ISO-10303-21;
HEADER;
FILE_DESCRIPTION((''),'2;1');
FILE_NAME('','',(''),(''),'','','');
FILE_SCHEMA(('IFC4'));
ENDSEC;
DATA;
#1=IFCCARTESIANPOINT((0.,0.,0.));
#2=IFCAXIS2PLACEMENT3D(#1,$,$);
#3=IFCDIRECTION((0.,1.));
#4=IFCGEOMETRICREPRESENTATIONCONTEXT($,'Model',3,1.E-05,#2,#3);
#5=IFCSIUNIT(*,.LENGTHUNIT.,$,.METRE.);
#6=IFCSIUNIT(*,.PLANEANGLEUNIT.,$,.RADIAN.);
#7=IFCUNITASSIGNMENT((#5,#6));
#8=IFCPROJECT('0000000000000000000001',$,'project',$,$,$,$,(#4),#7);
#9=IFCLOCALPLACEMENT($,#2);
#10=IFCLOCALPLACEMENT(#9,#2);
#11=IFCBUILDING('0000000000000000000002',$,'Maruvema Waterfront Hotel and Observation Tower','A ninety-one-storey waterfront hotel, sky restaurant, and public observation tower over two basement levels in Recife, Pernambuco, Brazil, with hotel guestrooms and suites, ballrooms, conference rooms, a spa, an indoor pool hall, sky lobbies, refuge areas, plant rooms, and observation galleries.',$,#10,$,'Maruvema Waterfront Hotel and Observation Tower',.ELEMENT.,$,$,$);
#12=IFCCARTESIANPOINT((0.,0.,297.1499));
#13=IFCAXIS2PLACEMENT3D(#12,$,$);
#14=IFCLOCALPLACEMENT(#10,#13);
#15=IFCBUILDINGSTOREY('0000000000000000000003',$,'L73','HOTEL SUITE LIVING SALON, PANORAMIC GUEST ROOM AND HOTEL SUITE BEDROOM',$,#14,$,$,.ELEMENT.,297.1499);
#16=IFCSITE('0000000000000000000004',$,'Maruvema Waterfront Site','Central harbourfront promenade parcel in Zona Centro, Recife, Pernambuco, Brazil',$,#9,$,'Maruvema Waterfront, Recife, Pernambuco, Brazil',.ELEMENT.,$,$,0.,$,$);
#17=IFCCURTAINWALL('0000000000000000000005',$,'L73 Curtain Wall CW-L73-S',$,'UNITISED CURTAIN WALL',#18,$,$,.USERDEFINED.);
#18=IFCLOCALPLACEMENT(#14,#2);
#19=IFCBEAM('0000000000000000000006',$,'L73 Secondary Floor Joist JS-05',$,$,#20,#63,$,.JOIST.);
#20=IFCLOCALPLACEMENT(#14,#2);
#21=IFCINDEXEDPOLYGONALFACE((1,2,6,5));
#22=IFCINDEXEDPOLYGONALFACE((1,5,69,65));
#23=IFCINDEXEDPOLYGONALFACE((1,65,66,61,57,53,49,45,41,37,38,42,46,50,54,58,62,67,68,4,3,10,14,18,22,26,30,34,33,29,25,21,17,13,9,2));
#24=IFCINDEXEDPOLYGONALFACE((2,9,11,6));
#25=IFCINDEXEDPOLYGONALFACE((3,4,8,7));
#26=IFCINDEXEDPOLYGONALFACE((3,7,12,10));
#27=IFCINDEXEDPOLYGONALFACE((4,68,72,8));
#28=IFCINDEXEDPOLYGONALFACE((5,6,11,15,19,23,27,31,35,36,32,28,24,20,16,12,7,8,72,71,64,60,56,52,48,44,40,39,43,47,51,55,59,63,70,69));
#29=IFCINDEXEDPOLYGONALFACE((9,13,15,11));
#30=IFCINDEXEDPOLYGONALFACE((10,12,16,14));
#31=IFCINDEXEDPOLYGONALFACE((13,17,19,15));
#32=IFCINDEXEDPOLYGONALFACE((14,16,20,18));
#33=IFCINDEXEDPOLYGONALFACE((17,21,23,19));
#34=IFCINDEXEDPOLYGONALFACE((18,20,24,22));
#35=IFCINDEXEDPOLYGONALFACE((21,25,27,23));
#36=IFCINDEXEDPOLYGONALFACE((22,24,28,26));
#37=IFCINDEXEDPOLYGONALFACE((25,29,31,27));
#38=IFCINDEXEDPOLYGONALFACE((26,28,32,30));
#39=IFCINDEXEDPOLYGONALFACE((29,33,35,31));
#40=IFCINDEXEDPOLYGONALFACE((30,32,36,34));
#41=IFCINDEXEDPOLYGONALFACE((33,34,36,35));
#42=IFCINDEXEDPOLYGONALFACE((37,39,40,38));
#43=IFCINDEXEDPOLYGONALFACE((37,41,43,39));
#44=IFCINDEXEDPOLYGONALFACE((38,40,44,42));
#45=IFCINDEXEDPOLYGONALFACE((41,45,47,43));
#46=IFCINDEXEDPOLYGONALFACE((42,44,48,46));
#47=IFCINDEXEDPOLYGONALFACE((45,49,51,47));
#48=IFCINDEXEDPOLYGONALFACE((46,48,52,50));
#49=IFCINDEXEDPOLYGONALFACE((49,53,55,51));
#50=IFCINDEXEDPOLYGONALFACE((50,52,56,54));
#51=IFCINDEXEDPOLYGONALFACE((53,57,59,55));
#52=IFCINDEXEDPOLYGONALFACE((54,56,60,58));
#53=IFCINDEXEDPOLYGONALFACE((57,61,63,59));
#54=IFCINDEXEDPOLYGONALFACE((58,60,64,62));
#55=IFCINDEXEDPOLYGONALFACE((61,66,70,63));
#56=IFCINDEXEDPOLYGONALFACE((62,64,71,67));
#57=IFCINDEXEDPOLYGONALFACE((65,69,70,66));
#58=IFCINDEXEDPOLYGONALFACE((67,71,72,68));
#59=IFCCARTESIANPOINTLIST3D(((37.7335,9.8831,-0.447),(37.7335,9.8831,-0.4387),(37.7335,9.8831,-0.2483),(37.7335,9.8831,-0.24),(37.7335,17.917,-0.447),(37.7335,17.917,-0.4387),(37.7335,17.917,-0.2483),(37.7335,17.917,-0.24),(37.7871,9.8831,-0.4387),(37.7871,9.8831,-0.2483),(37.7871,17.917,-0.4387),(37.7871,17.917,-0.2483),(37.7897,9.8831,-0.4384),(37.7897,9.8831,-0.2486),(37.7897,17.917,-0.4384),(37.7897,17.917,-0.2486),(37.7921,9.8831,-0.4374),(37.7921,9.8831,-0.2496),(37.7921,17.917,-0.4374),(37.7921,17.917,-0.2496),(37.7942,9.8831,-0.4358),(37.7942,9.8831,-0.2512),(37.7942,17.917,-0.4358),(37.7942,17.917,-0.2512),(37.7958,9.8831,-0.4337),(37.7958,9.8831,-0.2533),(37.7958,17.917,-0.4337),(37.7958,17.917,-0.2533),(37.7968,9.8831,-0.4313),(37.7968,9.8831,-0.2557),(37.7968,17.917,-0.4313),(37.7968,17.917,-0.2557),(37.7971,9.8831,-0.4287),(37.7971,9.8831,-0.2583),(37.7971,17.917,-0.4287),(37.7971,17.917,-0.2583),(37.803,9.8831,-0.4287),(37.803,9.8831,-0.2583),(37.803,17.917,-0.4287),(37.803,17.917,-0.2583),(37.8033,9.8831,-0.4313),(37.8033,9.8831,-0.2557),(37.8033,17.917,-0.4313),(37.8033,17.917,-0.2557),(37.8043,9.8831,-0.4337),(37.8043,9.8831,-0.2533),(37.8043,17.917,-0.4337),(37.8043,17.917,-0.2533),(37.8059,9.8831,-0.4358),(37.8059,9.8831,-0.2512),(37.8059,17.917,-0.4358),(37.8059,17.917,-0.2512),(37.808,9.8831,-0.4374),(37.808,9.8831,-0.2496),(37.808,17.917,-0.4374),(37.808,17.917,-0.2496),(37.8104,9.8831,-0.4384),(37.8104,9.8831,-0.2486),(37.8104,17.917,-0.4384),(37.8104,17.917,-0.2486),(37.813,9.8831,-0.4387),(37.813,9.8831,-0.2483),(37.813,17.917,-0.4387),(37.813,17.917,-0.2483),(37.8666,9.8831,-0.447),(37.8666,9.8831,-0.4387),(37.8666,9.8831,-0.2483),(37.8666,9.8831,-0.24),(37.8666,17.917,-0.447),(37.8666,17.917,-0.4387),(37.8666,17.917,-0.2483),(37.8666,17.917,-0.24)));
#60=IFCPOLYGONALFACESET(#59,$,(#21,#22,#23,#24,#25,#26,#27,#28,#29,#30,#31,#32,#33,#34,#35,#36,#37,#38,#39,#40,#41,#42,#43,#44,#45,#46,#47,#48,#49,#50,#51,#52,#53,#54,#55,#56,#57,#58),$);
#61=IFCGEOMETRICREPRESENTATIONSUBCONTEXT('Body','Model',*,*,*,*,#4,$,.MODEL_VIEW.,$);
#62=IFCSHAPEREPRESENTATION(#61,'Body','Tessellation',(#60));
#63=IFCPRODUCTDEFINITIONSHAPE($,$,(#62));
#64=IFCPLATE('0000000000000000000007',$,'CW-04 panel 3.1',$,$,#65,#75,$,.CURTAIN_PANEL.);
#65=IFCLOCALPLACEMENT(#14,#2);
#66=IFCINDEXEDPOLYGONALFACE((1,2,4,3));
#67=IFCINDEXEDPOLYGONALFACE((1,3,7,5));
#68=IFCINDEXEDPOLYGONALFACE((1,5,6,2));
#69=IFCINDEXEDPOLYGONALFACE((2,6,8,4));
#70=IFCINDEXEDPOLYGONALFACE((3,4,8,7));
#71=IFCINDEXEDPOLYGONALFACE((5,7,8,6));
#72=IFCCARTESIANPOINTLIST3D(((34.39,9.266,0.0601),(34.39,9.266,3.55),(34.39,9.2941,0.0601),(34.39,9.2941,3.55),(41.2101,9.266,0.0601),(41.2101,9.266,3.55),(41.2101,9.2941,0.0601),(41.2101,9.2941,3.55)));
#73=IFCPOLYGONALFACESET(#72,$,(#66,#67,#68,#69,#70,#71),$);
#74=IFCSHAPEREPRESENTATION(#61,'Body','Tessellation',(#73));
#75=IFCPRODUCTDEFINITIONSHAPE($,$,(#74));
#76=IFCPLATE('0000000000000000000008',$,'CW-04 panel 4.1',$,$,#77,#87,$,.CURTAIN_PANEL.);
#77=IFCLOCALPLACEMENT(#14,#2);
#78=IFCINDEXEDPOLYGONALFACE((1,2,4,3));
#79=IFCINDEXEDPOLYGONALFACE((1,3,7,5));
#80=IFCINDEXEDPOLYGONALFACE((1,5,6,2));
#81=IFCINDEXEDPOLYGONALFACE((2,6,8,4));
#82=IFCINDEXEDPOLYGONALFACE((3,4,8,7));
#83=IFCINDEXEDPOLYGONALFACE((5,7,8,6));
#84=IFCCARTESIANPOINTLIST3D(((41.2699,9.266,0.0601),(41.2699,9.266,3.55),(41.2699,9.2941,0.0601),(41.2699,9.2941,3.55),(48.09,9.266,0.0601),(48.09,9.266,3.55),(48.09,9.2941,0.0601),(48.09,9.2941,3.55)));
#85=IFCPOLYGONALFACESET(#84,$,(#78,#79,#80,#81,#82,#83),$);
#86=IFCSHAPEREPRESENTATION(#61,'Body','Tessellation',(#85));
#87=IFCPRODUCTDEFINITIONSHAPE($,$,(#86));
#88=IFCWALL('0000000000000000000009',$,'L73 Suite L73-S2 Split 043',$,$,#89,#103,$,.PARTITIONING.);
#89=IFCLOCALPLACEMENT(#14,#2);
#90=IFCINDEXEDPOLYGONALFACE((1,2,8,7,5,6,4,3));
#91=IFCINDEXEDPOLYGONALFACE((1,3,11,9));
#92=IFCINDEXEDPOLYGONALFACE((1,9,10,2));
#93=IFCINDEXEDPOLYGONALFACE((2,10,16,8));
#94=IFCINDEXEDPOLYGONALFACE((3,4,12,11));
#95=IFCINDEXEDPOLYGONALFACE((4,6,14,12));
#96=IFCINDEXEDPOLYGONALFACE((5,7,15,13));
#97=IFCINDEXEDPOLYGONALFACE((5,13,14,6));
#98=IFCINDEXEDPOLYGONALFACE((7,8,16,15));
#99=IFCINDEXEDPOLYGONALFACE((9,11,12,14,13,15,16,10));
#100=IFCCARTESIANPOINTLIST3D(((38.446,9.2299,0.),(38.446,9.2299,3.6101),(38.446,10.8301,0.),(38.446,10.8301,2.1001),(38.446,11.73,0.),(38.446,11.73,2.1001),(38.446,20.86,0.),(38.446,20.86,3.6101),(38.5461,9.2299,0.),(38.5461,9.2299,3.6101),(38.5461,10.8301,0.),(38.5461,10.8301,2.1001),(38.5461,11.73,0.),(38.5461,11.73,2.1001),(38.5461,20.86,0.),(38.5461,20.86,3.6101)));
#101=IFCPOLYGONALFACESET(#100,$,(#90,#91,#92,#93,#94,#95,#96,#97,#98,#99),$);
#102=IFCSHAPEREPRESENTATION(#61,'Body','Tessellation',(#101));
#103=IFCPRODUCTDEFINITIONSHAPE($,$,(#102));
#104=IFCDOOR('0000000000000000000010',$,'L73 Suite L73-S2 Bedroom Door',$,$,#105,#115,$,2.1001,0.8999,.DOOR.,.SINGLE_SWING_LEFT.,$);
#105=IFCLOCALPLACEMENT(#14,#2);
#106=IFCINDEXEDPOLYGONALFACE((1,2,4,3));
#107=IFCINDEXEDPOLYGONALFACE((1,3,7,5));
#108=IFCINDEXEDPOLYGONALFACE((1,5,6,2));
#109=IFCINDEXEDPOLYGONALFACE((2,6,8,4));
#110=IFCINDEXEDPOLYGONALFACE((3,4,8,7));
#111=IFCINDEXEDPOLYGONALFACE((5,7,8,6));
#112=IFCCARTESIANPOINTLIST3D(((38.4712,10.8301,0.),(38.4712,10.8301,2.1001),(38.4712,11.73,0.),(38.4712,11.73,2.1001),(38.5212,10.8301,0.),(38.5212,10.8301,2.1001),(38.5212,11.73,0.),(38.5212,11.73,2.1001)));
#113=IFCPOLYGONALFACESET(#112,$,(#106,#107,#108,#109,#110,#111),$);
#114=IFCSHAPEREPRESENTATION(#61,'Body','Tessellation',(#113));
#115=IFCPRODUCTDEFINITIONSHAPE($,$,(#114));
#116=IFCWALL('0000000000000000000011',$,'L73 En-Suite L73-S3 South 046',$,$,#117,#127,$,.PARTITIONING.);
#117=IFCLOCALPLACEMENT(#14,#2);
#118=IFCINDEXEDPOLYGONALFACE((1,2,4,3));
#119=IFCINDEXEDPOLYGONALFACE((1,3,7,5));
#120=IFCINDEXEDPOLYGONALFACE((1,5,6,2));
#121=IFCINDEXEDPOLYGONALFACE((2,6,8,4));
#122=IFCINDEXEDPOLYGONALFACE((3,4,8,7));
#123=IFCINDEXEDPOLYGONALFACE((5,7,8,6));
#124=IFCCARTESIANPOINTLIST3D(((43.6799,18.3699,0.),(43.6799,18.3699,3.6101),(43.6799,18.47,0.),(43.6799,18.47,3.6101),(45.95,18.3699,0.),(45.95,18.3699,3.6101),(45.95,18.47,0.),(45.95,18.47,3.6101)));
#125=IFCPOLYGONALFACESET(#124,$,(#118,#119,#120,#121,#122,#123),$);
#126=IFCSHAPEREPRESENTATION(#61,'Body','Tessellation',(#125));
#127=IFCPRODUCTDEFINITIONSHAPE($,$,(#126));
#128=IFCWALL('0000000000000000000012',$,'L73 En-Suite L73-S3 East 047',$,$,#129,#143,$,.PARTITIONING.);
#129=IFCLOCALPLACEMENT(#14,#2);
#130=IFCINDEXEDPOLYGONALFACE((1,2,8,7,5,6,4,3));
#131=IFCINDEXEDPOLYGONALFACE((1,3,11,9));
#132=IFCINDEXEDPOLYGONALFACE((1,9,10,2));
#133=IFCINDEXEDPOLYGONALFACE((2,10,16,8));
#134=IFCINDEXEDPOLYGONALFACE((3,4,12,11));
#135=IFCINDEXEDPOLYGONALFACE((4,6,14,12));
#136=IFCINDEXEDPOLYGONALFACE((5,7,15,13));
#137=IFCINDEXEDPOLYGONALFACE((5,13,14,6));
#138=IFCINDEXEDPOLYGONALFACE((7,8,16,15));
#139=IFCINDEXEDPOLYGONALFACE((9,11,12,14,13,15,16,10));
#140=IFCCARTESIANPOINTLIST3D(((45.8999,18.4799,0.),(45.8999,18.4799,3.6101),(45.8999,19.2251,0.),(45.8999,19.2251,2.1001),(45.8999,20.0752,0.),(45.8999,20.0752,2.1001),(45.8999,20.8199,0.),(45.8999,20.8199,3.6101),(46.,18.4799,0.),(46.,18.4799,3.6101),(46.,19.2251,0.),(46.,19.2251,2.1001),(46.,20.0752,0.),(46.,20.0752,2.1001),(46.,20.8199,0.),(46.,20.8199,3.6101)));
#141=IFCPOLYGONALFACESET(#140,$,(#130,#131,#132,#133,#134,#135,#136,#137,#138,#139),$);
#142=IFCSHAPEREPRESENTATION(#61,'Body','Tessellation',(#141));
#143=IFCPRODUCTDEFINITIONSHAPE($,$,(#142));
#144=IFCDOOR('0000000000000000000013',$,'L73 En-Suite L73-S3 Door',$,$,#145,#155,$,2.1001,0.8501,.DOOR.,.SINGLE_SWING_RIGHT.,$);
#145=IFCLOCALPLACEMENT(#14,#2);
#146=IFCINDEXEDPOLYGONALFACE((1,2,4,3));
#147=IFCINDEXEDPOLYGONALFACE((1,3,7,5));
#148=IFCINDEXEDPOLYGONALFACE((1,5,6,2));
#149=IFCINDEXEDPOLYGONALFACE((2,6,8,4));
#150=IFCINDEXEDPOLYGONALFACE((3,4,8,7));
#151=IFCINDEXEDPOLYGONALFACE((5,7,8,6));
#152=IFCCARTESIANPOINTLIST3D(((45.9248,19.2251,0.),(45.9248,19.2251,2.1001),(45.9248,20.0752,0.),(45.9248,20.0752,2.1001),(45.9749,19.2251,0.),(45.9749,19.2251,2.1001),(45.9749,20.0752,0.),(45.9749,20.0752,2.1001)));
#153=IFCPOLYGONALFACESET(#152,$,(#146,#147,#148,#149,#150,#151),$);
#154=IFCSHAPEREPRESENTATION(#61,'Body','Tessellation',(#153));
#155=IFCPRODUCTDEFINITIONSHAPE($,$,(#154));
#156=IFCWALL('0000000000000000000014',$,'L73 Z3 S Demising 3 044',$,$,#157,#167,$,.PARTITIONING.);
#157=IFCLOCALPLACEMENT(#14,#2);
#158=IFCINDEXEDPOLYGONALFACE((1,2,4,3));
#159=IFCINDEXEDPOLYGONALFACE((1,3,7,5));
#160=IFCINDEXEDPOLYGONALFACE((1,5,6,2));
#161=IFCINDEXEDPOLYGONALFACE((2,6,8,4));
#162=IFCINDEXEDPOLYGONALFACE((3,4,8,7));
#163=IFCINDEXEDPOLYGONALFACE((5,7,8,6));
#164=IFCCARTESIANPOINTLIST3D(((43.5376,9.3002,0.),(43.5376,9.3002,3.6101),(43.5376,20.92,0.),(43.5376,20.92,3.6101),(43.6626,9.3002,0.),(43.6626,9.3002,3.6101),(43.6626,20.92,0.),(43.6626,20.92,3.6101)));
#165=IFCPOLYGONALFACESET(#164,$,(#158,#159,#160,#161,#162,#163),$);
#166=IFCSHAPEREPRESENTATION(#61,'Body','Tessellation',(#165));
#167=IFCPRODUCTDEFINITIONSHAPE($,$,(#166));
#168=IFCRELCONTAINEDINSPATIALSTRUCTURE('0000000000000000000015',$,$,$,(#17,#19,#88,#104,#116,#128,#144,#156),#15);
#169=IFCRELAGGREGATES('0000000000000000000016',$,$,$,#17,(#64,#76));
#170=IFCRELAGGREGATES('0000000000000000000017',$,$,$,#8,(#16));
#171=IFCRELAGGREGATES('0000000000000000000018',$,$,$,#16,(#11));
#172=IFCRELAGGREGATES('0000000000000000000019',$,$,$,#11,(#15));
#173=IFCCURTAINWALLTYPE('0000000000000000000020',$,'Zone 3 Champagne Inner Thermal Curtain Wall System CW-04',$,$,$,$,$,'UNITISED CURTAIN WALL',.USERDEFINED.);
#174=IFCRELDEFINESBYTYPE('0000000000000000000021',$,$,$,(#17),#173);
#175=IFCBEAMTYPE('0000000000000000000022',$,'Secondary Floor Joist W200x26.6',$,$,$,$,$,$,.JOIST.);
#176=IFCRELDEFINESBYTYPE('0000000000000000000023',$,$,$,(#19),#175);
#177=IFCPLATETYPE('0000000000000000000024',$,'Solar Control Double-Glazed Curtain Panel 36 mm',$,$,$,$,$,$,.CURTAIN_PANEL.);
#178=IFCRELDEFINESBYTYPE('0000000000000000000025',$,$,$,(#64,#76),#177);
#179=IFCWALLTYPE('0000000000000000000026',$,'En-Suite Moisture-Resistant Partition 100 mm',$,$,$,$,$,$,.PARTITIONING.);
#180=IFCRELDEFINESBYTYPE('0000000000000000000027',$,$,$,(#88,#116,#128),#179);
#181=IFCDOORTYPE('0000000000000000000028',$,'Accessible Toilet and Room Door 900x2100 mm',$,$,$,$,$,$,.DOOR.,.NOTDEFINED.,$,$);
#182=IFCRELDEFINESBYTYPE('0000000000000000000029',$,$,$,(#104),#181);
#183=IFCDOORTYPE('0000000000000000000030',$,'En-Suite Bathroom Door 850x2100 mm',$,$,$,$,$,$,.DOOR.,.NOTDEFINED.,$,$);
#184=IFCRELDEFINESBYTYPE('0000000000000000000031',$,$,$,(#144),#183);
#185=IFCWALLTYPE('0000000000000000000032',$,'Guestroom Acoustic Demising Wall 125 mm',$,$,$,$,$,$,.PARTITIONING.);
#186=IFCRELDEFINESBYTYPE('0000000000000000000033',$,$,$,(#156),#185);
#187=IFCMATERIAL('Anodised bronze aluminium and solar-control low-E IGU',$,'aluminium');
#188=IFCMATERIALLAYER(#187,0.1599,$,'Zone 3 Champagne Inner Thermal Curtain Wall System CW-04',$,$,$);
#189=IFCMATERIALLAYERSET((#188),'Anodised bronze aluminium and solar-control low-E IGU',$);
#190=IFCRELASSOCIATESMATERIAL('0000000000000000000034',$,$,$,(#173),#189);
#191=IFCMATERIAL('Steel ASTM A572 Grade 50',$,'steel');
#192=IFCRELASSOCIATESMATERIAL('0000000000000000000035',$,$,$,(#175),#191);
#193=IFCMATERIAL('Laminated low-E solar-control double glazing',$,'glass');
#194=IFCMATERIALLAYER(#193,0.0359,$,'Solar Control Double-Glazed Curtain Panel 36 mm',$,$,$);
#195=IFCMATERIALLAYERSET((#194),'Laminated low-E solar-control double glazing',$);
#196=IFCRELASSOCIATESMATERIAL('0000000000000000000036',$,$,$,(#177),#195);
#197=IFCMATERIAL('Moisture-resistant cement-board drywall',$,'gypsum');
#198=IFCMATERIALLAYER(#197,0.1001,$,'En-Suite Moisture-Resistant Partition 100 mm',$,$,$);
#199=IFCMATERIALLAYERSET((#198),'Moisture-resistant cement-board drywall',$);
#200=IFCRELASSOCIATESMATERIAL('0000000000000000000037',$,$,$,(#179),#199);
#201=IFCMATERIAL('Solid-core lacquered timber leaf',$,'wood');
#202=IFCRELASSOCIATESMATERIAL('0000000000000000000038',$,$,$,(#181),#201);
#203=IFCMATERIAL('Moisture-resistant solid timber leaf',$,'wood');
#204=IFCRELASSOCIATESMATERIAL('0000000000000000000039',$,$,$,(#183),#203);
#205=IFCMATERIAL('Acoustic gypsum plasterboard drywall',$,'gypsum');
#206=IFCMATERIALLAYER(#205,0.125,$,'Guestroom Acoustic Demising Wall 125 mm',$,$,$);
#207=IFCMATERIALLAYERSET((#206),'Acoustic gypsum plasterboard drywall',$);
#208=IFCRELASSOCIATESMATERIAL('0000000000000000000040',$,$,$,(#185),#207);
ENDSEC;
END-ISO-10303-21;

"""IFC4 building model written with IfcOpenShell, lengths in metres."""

from ifc_helpers import new_model, si_unit, direction, frame, frame_2d, origin, origin_2d, place, context, subcontext, project, spatial, rectangle, i_section, extrude, material, layer, layer_set, material_profile, profile_set, type_object, element, fill, aggregate, save


model = new_model("IFC4")

# Units and contexts
model_context = context("Model", 3, precision=1e-05, world=origin(), true_north=direction((0.0, 1.0)))
body_context = subcontext(model_context, "Body", "Model", "MODEL_VIEW")
ifc_project = project(units=[si_unit("LENGTHUNIT", "METRE"), si_unit("PLANEANGLEUNIT", "RADIAN")], contexts=[model_context])

# Site, building, storey
site_placement = place(None, origin())
site = spatial("IfcSite", under=ifc_project, at=site_placement, Name="Maruvema Waterfront Site", Description="Central harbourfront promenade parcel in Zona Centro, Recife, Pernambuco, Brazil", LongName="Maruvema Waterfront, Recife, Pernambuco, Brazil", CompositionType="ELEMENT", RefElevation=0.0)
building_placement = place(site_placement, origin())
building = spatial("IfcBuilding", under=site, at=building_placement, Name="Maruvema Waterfront Hotel and Observation Tower", Description="A ninety-one-storey waterfront hotel, sky restaurant, and public observation tower over two basement levels in Recife, Pernambuco, Brazil, with hotel guestrooms and suites, ballrooms, conference rooms, a spa, an indoor pool hall, sky lobbies, refuge areas, plant rooms, and observation galleries.", LongName="Maruvema Waterfront Hotel and Observation Tower", CompositionType="ELEMENT")
storey_placement = place(building_placement, frame((0.0, 0.0, 297.1499)))
storey = spatial("IfcBuildingStorey", under=building, at=storey_placement, Name="L73", Description="HOTEL SUITE LIVING SALON, PANORAMIC GUEST ROOM AND HOTEL SUITE BEDROOM", CompositionType="ELEMENT", Elevation=297.1499)

# Curtain wall
ifc_material_1 = material(Name="Anodised bronze aluminium and solar-control low-E IGU", Category="aluminium")
ifc_layer_1 = layer(ifc_material_1, 0.1599, Name="Zone 3 Champagne Inner Thermal Curtain Wall System CW-04")
ifc_layer_set_1 = layer_set([ifc_layer_1], Name="Anodised bronze aluminium and solar-control low-E IGU")
curtain_wall_type = type_object("IfcCurtainWallType", Name="Zone 3 Champagne Inner Thermal Curtain Wall System CW-04", ElementType="UNITISED CURTAIN WALL", PredefinedType="USERDEFINED", material=ifc_layer_set_1)
curtain_wall_placement = place(storey_placement, origin())
curtain_wall = element("IfcCurtainWall", 1, at=curtain_wall_placement, inside=storey, type_object=curtain_wall_type, Name="L73 Curtain Wall CW-L73-S", ObjectType="UNITISED CURTAIN WALL", PredefinedType="USERDEFINED")

# Beam
ifc_material_2 = material(Name="Steel ASTM A572 Grade 50", Category="steel")
ifc_material_profile_1 = material_profile(ifc_material_2, i_section(OverallWidth=0.1331, OverallDepth=0.207, WebThickness=0.0059, FlangeThickness=0.0083, FilletRadius=0.01, at=origin_2d()), Name="W200x26.6")
ifc_profile_set_1 = profile_set([ifc_material_profile_1], Name="Steel ASTM A572 Grade 50")
beam_type_1 = type_object("IfcBeamType", Name="Secondary Floor Joist W200x26.6", PredefinedType="JOIST", material=ifc_profile_set_1)
beam_1_placement = place(storey_placement, frame((37.8, 9.8831, -0.3435), z_axis=(0.0, 1.0, 0.0), x_axis=(-1.0, 0.0, 0.0)))
element("IfcBeam", 2, at=beam_1_placement, inside=storey, type_object=beam_type_1, Name="L73 Secondary Floor Joist JS-05", PredefinedType="JOIST", context=body_context, shape_type="SweptSolid", body=[
    extrude(i_section(OverallWidth=0.1331, OverallDepth=0.207, WebThickness=0.0059, FlangeThickness=0.0083, FilletRadius=0.01, at=origin_2d()), origin(), (0.0, 0.0, 1.0), 8.0339),
])

# Plates
ifc_material_3 = material(Name="Laminated low-E solar-control double glazing", Category="glass")
ifc_layer_2 = layer(ifc_material_3, 0.0359, Name="Solar Control Double-Glazed Curtain Panel 36 mm")
ifc_layer_set_2 = layer_set([ifc_layer_2], Name="Laminated low-E solar-control double glazing")
plate_type = type_object("IfcPlateType", Name="Solar Control Double-Glazed Curtain Panel 36 mm", PredefinedType="CURTAIN_PANEL", material=ifc_layer_set_2)
plate_1_placement = place(storey_placement, frame((37.8, 9.28, 0.0601), z_axis=(0.0, 0.0, 1.0), x_axis=(1.0, 0.0, 0.0)))
plate_1 = element("IfcPlate", 3, at=plate_1_placement, type_object=plate_type, Name="CW-04 panel 3.1", PredefinedType="CURTAIN_PANEL", context=body_context, shape_type="SweptSolid", body=[
    extrude(rectangle(XDim=6.8201, YDim=0.0281, at=origin_2d()), origin(), (0.0, 0.0, 1.0), 3.49),
])
plate_2_placement = place(storey_placement, frame((44.6799, 9.28, 0.0601), z_axis=(0.0, 0.0, 1.0), x_axis=(1.0, 0.0, 0.0)))
plate_2 = element("IfcPlate", 4, at=plate_2_placement, type_object=plate_type, Name="CW-04 panel 4.1", PredefinedType="CURTAIN_PANEL", context=body_context, shape_type="SweptSolid", body=[
    extrude(rectangle(XDim=6.8201, YDim=0.0281, at=origin_2d()), origin(), (0.0, 0.0, 1.0), 3.49),
])
aggregate(curtain_wall, [plate_1, plate_2])

# Wall, opening, door
ifc_material_4 = material(Name="Moisture-resistant cement-board drywall", Category="gypsum")
ifc_layer_3 = layer(ifc_material_4, 0.1001, Name="En-Suite Moisture-Resistant Partition 100 mm")
ifc_layer_set_3 = layer_set([ifc_layer_3], Name="Moisture-resistant cement-board drywall")
wall_type_1 = type_object("IfcWallType", Name="En-Suite Moisture-Resistant Partition 100 mm", PredefinedType="PARTITIONING", material=ifc_layer_set_3)
wall_1_placement = place(storey_placement, frame((38.4961, 9.23, 0.0), z_axis=(0.0, 0.0, 1.0), x_axis=(0.0, 1.0, 0.0)))
wall_1 = element("IfcWall", 5, at=wall_1_placement, inside=storey, type_object=wall_type_1, Name="L73 Suite L73-S2 Split 043", PredefinedType="PARTITIONING", context=body_context, shape_type="SweptSolid", body=[
    extrude(rectangle(XDim=11.6301, YDim=0.1001, at=frame_2d((5.8149, 0.0))), origin(), (0.0, 0.0, 1.0), 3.6101),
])
opening_1_placement = place(wall_1_placement, frame((1.6001, 0.0, 0.0)))
opening_1 = element("IfcOpeningElement", 6, at=opening_1_placement, cuts=wall_1, PredefinedType="OPENING", context=body_context, shape_type="SweptSolid", body=[
    extrude(rectangle(XDim=0.8999, YDim=2.1001, at=frame_2d((0.45, 1.05))), frame((0.0, 0.0601, 0.0), z_axis=(0.0, -1.0, 0.0), x_axis=(1.0, 0.0, 0.0)), (0.0, 0.0, 1.0), 0.1201),
])
ifc_material_5 = material(Name="Solid-core lacquered timber leaf", Category="wood")
door_type_1 = type_object("IfcDoorType", Name="Accessible Toilet and Room Door 900x2100 mm", OperationType="NOTDEFINED", PredefinedType="DOOR", material=ifc_material_5)
door_1_placement = place(opening_1_placement, origin())
door_1 = element("IfcDoor", 7, at=door_1_placement, inside=storey, type_object=door_type_1, Name="L73 Suite L73-S2 Bedroom Door", OperationType="SINGLE_SWING_LEFT", OverallHeight=2.1001, OverallWidth=0.8999, PredefinedType="DOOR", context=body_context, shape_type="SweptSolid", body=[
    extrude(rectangle(XDim=0.8999, YDim=2.1001, at=frame_2d((0.45, 1.05))), frame((0.0, 0.0249, 0.0), z_axis=(0.0, -1.0, 0.0), x_axis=(1.0, 0.0, 0.0)), (0.0, 0.0, 1.0), 0.05),
])
fill(opening_1, door_1)

# Wall
wall_2_placement = place(storey_placement, frame((43.6799, 18.4199, 0.0), z_axis=(0.0, 0.0, 1.0), x_axis=(1.0, 0.0, 0.0)))
element("IfcWall", 8, at=wall_2_placement, inside=storey, type_object=wall_type_1, Name="L73 En-Suite L73-S3 South 046", PredefinedType="PARTITIONING", context=body_context, shape_type="SweptSolid", body=[
    extrude(rectangle(XDim=2.27, YDim=0.1001, at=frame_2d((1.135, 0.0))), origin(), (0.0, 0.0, 1.0), 3.6101),
])

# Wall, opening, door
wall_3_placement = place(storey_placement, frame((45.95, 18.48, 0.0), z_axis=(0.0, 0.0, 1.0), x_axis=(0.0, 1.0, 0.0)))
wall_3 = element("IfcWall", 9, at=wall_3_placement, inside=storey, type_object=wall_type_1, Name="L73 En-Suite L73-S3 East 047", PredefinedType="PARTITIONING", context=body_context, shape_type="SweptSolid", body=[
    extrude(rectangle(XDim=2.3401, YDim=0.1001, at=frame_2d((1.1699, 0.0))), origin(), (0.0, 0.0, 1.0), 3.6101),
])
opening_2_placement = place(wall_3_placement, frame((0.7451, 0.0, 0.0)))
opening_2 = element("IfcOpeningElement", 10, at=opening_2_placement, cuts=wall_3, PredefinedType="OPENING", context=body_context, shape_type="SweptSolid", body=[
    extrude(rectangle(XDim=0.8501, YDim=2.1001, at=frame_2d((0.425, 1.05))), frame((0.0, 0.0601, 0.0), z_axis=(0.0, -1.0, 0.0), x_axis=(1.0, 0.0, 0.0)), (0.0, 0.0, 1.0), 0.1201),
])
ifc_material_6 = material(Name="Moisture-resistant solid timber leaf", Category="wood")
door_type_2 = type_object("IfcDoorType", Name="En-Suite Bathroom Door 850x2100 mm", OperationType="NOTDEFINED", PredefinedType="DOOR", material=ifc_material_6)
door_2_placement = place(opening_2_placement, frame((0.8501, 0.0, 0.0), z_axis=(0.0, 0.0, 1.0), x_axis=(-1.0, 0.0, 0.0)))
door_2 = element("IfcDoor", 11, at=door_2_placement, inside=storey, type_object=door_type_2, Name="L73 En-Suite L73-S3 Door", OperationType="SINGLE_SWING_RIGHT", OverallHeight=2.1001, OverallWidth=0.8501, PredefinedType="DOOR", context=body_context, shape_type="SweptSolid", body=[
    extrude(rectangle(XDim=0.8501, YDim=2.1001, at=frame_2d((0.425, 1.05))), frame((0.0, 0.0249, 0.0), z_axis=(0.0, -1.0, 0.0), x_axis=(1.0, 0.0, 0.0)), (0.0, 0.0, 1.0), 0.05),
])
fill(opening_2, door_2)

# Wall
ifc_material_7 = material(Name="Acoustic gypsum plasterboard drywall", Category="gypsum")
ifc_layer_4 = layer(ifc_material_7, 0.125, Name="Guestroom Acoustic Demising Wall 125 mm")
ifc_layer_set_4 = layer_set([ifc_layer_4], Name="Acoustic gypsum plasterboard drywall")
wall_type_2 = type_object("IfcWallType", Name="Guestroom Acoustic Demising Wall 125 mm", PredefinedType="PARTITIONING", material=ifc_layer_set_4)
wall_4_placement = place(storey_placement, frame((43.6001, 9.3, 0.0), z_axis=(0.0, 0.0, 1.0), x_axis=(0.0, 1.0, 0.0)))
element("IfcWall", 12, at=wall_4_placement, inside=storey, type_object=wall_type_2, Name="L73 Z3 S Demising 3 044", PredefinedType="PARTITIONING", context=body_context, shape_type="SweptSolid", body=[
    extrude(rectangle(XDim=11.6199, YDim=0.125, at=frame_2d((5.8101, 0.0))), origin(), (0.0, 0.0, 1.0), 3.6101),
])

save(model, "model.ifc")
